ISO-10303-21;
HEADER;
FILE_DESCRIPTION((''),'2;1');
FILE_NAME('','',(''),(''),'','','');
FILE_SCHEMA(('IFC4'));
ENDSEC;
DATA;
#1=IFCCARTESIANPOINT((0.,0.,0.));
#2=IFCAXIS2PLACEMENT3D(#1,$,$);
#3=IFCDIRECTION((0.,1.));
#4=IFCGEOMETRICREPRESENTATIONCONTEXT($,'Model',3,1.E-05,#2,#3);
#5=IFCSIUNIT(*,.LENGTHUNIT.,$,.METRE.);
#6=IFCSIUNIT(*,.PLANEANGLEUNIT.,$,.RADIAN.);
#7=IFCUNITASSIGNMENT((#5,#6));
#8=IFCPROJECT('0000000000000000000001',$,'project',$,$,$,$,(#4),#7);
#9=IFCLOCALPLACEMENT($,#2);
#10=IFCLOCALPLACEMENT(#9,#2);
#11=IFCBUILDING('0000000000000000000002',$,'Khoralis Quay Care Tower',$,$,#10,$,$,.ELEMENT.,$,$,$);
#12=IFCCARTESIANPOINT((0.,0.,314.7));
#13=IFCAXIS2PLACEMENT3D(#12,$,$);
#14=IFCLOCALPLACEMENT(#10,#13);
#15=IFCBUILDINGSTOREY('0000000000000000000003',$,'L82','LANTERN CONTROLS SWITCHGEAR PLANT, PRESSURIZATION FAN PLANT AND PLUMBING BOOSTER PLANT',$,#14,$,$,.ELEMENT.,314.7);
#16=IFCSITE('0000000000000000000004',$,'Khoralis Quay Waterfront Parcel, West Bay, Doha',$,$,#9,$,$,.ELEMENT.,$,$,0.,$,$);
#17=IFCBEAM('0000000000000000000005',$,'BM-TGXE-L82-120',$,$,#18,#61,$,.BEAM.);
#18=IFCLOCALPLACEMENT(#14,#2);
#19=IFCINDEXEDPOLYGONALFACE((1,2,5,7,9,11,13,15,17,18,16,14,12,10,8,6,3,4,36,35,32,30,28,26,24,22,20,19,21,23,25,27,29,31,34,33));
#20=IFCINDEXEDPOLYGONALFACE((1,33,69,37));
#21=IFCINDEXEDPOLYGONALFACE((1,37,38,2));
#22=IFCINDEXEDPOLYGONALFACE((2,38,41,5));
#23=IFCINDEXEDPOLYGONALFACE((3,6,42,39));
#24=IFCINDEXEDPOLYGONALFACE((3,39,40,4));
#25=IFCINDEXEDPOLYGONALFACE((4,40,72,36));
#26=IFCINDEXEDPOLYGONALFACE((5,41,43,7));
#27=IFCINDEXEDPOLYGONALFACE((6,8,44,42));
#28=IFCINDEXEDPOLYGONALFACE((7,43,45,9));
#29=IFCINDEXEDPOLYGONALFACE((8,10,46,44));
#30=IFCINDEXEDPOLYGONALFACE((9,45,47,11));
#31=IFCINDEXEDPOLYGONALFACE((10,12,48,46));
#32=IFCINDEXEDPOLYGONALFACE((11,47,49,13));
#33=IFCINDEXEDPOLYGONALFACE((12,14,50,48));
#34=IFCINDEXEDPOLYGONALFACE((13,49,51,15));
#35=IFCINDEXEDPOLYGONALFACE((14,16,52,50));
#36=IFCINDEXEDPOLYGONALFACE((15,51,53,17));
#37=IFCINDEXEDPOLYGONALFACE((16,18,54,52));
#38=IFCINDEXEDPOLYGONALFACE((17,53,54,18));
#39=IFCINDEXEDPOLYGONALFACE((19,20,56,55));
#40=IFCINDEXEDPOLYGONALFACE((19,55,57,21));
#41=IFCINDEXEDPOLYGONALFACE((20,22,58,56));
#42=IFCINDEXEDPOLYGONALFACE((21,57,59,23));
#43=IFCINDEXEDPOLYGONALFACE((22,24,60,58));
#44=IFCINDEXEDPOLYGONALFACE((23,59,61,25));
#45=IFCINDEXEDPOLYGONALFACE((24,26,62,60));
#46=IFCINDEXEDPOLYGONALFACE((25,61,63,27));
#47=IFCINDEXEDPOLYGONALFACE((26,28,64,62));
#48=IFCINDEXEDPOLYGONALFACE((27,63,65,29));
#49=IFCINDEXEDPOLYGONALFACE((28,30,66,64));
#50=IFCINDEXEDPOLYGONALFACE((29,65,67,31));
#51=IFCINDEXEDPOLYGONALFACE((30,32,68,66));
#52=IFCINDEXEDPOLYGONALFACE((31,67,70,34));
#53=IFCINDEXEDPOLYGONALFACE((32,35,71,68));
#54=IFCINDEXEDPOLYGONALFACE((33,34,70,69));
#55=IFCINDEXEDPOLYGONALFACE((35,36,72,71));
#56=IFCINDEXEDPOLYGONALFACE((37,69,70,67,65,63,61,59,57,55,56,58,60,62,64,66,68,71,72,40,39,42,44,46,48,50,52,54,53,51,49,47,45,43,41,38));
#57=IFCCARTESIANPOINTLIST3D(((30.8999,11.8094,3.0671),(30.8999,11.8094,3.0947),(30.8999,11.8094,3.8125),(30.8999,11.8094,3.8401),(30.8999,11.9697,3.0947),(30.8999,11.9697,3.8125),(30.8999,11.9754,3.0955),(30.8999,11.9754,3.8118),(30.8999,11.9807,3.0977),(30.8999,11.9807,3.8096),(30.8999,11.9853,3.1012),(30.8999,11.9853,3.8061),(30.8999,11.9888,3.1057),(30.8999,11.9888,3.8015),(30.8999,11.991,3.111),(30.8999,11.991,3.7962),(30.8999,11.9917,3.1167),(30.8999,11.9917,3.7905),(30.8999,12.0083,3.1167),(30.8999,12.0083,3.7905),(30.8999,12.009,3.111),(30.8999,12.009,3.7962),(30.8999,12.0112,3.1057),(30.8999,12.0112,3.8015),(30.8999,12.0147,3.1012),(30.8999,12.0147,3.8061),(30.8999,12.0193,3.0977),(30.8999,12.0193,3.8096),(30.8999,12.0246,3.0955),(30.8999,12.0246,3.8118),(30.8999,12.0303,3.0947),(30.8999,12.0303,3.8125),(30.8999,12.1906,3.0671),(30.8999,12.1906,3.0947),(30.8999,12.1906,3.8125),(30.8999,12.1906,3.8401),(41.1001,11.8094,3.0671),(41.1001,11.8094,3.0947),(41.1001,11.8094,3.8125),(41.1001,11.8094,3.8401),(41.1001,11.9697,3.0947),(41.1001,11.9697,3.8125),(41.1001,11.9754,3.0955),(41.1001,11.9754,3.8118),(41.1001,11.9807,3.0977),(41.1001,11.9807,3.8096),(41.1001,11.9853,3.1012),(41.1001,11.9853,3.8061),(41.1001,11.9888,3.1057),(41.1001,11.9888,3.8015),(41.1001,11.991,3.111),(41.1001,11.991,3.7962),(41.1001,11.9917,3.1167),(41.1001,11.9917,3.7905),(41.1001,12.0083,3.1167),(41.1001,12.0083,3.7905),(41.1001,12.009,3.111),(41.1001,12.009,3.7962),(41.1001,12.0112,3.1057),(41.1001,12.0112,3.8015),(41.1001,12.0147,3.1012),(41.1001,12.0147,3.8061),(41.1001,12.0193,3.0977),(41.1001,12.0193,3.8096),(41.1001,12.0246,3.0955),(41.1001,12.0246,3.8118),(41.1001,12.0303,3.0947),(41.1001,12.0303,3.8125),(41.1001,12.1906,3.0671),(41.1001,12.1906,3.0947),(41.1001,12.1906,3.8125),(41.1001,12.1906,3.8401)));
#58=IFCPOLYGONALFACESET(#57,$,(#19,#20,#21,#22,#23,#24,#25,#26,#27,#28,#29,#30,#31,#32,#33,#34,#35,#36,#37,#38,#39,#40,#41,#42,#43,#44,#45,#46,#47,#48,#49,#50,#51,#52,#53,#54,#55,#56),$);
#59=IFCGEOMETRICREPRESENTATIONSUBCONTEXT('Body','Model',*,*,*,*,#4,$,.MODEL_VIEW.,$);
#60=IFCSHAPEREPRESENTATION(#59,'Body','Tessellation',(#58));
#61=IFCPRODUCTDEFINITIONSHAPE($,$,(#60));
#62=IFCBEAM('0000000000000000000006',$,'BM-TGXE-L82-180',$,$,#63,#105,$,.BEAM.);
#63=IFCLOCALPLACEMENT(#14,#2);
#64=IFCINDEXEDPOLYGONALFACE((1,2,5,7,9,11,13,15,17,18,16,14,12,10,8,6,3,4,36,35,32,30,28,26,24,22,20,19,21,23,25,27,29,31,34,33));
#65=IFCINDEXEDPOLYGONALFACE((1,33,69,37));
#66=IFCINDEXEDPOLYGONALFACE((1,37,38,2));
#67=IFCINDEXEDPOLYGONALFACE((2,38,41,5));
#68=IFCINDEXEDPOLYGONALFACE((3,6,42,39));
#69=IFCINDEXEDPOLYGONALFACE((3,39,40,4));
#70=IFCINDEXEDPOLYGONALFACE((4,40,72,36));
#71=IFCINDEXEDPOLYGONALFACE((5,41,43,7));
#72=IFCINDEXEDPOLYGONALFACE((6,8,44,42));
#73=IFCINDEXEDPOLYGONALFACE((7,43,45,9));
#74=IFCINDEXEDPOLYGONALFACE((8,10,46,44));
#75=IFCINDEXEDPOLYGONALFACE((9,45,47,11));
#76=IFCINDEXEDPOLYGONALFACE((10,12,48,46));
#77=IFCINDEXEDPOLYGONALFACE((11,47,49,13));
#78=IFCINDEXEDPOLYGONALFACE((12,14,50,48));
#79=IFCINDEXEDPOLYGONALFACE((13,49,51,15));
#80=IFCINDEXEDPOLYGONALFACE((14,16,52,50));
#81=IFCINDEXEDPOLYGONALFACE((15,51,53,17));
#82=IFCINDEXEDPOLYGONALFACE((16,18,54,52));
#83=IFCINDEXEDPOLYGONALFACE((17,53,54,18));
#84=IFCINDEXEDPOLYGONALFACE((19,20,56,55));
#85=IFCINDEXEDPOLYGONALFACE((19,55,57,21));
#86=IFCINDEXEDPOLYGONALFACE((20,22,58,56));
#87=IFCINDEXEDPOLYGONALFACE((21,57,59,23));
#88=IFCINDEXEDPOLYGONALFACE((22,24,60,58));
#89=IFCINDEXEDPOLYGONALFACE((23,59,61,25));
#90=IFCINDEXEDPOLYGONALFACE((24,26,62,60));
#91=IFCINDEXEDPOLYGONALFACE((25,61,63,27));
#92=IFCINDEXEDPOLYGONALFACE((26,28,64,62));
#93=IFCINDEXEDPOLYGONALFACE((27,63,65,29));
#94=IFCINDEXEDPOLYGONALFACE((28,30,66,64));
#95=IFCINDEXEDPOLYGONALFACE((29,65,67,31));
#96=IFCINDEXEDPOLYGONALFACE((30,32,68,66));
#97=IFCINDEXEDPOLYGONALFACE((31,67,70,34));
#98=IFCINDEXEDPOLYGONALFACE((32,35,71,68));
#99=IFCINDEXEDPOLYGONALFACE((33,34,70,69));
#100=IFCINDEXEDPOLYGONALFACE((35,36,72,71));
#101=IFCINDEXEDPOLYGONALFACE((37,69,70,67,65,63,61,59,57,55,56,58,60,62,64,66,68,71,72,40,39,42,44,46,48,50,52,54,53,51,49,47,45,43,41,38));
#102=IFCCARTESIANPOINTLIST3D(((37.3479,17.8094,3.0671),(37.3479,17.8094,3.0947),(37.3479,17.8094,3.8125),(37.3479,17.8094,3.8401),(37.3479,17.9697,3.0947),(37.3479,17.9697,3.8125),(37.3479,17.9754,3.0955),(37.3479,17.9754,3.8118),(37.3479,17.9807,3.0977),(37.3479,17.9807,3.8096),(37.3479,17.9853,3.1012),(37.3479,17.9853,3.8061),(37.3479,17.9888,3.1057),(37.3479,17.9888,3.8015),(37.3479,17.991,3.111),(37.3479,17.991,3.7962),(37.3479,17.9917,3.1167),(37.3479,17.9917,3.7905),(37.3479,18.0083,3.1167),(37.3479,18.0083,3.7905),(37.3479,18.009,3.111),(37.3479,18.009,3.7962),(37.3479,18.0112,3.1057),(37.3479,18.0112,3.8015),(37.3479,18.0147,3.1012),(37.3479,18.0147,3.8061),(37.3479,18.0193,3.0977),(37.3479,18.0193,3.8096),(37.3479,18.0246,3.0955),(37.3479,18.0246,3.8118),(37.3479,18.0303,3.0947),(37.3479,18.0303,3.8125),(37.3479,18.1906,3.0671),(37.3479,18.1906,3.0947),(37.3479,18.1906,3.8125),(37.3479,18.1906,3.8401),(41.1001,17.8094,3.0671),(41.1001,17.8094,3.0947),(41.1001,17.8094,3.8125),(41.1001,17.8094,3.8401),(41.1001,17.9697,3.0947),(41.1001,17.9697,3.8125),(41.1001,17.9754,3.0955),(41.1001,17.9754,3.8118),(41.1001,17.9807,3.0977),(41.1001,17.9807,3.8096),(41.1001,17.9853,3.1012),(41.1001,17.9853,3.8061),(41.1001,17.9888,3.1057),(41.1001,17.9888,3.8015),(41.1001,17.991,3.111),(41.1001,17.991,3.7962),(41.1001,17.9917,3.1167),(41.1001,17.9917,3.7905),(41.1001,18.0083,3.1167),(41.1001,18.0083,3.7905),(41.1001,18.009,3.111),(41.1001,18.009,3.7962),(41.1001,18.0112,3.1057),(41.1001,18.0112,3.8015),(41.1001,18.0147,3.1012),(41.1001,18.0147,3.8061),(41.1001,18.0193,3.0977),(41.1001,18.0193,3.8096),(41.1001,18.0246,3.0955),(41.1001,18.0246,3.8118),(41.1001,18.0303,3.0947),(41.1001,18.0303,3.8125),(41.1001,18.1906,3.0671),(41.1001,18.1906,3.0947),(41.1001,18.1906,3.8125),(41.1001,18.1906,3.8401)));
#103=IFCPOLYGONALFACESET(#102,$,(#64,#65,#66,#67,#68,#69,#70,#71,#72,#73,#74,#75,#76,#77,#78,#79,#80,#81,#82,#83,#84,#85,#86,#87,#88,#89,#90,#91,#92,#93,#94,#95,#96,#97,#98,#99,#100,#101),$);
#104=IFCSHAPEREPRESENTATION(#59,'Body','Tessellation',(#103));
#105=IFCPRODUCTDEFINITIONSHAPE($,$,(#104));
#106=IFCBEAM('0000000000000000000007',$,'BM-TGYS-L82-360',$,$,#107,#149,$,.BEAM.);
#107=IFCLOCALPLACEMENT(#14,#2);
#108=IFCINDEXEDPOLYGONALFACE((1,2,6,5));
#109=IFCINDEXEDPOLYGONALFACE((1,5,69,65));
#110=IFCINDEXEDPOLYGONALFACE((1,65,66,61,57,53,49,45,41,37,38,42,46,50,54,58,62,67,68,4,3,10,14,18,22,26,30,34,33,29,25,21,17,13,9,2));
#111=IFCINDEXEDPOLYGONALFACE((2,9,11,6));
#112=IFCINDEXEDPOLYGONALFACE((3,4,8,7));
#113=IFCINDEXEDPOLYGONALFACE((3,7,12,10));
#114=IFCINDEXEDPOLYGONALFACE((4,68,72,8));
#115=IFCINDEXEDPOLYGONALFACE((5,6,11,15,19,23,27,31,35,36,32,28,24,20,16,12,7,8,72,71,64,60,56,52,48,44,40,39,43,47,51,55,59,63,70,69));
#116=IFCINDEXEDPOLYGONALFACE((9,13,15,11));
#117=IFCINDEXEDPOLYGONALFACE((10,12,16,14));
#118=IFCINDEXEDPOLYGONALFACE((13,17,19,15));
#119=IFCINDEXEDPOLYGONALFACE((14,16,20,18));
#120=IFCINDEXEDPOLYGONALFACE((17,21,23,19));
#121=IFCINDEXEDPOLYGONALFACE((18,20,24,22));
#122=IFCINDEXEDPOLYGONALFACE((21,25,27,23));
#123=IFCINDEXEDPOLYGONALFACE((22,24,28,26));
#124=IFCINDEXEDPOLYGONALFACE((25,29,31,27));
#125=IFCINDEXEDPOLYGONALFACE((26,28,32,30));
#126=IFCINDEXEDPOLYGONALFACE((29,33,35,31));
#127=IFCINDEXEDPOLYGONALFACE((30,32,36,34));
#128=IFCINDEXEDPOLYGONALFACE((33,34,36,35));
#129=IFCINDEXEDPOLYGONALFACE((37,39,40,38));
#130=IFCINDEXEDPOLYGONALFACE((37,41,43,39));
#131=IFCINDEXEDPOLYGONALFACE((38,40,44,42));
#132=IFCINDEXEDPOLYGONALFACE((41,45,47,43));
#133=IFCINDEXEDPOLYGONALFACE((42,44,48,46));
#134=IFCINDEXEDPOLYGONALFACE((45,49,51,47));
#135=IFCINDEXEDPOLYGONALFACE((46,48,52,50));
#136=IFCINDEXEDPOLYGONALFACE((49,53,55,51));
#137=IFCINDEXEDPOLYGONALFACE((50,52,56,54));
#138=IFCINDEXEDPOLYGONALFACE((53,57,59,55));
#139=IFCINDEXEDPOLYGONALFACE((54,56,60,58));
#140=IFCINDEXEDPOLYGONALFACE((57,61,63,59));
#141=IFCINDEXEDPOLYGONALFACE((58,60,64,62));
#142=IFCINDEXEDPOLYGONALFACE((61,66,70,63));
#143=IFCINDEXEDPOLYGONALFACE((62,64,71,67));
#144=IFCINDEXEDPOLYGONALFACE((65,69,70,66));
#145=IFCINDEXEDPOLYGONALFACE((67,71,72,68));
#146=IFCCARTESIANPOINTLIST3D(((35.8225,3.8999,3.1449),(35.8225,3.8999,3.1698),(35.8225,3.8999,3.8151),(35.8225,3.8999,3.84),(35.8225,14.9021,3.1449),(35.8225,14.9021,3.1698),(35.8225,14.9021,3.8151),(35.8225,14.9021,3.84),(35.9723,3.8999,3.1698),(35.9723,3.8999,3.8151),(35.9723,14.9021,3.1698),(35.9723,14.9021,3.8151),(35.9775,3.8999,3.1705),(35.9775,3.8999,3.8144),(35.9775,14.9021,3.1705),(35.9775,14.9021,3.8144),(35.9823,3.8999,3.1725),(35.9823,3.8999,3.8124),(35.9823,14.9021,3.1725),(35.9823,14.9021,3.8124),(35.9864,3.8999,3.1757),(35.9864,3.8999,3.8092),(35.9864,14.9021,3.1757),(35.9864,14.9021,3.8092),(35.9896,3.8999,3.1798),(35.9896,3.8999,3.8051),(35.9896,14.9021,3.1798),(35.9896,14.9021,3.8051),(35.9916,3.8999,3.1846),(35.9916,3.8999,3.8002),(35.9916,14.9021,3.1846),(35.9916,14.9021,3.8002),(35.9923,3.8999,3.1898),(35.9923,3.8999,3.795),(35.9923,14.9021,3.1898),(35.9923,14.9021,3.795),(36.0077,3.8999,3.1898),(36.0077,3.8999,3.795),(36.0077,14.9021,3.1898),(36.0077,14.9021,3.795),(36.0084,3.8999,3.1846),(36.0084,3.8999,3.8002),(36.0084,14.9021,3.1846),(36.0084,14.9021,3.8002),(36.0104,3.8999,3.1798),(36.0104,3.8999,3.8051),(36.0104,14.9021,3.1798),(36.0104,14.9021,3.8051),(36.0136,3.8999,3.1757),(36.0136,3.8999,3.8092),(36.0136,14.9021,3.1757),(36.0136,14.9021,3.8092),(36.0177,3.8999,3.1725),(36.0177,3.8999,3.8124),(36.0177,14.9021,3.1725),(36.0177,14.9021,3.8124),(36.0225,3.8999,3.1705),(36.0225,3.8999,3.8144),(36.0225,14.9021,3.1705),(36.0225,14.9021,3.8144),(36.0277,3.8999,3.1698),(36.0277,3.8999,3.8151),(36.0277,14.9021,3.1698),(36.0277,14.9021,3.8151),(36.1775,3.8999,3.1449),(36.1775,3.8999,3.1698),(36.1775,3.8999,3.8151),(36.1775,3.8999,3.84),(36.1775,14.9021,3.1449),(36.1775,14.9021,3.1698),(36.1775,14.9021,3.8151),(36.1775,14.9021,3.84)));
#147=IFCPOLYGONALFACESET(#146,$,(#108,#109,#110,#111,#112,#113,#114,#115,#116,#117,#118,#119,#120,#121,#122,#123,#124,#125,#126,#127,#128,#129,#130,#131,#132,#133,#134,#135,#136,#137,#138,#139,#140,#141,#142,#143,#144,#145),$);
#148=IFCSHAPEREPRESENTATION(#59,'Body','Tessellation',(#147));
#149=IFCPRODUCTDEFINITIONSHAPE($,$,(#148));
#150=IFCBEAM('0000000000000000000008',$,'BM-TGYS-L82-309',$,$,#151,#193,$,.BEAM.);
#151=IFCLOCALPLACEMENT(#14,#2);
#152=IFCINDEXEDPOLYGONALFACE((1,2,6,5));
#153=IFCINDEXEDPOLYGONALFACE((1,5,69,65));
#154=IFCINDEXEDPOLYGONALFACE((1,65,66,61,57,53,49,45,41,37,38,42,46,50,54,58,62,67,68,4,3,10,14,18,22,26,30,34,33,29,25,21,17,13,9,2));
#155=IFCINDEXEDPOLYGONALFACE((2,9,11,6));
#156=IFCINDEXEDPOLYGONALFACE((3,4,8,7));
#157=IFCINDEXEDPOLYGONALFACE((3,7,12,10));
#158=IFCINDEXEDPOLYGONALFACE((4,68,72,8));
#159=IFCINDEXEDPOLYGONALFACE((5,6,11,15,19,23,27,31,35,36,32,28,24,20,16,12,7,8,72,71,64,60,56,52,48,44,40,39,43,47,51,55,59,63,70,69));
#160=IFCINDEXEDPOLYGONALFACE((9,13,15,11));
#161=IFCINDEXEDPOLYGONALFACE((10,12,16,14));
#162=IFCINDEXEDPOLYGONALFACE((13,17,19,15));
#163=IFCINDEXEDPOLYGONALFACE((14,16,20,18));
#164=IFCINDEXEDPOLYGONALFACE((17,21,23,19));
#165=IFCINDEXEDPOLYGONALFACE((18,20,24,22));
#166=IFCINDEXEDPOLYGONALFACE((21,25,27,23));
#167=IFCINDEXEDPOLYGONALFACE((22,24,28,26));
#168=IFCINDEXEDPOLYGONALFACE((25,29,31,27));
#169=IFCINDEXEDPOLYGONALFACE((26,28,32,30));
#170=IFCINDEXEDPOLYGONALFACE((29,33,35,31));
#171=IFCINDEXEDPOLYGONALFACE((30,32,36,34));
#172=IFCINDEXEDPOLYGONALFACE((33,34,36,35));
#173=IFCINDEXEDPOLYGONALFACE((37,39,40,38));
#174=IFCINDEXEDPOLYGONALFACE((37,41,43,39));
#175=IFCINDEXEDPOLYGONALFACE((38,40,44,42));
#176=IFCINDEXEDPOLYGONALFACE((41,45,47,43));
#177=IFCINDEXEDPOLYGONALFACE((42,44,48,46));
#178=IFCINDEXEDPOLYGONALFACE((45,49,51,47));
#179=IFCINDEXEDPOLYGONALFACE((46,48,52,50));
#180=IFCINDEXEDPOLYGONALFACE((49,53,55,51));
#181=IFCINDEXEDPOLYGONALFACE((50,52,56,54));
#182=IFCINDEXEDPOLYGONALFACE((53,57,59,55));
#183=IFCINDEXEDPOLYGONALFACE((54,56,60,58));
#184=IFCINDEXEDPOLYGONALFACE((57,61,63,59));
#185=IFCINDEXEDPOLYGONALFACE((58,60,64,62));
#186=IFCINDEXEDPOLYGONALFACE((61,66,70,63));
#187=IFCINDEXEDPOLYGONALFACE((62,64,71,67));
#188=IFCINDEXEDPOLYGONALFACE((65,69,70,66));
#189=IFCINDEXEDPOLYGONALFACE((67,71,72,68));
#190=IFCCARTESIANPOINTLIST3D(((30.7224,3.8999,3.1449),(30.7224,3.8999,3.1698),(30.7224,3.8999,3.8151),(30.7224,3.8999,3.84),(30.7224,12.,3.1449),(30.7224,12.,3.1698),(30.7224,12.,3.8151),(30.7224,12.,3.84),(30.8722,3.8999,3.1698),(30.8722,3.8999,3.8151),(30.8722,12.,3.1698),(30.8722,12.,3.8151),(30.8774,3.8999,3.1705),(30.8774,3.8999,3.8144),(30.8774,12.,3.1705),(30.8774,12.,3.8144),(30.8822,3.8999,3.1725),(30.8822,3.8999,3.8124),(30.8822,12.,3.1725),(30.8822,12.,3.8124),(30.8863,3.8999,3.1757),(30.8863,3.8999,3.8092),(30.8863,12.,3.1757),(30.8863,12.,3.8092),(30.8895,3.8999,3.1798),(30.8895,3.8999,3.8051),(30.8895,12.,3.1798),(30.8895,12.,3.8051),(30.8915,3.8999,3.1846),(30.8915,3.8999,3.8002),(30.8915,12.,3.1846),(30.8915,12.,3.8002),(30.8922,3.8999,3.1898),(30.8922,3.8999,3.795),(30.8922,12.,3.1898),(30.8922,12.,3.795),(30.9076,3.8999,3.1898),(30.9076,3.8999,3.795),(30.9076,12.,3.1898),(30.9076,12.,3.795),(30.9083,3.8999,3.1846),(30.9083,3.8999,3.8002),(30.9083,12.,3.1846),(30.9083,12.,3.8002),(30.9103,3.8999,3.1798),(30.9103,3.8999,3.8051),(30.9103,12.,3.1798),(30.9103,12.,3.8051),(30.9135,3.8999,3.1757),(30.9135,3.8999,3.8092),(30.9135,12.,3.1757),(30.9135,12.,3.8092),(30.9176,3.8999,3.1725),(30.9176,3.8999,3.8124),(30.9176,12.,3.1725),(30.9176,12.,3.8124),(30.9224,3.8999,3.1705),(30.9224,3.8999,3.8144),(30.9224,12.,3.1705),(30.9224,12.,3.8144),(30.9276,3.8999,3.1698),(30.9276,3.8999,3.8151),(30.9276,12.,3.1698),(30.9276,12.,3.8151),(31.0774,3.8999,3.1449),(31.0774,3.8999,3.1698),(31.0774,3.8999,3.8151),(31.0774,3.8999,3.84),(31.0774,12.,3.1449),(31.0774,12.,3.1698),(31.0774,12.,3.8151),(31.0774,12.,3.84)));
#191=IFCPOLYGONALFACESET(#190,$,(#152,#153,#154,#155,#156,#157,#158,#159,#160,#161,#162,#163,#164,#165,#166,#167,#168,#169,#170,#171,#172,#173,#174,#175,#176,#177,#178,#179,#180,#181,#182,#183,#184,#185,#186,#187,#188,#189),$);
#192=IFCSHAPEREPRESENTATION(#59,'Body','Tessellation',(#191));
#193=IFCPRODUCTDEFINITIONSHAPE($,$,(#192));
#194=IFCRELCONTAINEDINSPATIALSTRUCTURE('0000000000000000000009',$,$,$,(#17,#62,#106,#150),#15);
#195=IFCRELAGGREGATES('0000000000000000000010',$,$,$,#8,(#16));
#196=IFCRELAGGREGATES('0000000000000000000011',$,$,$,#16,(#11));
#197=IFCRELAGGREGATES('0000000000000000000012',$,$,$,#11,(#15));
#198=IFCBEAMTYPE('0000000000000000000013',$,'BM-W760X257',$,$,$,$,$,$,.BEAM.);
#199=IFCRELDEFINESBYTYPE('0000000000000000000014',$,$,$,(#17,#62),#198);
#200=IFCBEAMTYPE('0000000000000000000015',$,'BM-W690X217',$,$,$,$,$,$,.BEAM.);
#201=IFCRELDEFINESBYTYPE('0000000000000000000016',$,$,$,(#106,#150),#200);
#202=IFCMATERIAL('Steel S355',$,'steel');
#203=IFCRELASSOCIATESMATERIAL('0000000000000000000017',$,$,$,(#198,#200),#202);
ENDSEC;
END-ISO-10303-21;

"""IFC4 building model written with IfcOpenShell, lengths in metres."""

from ifc_helpers import new_model, si_unit, direction, frame, origin, origin_2d, place, context, subcontext, project, spatial, i_section, extrude, source, transform, mapped, material, material_profile, profile_set, type_object, element, save


model = new_model("IFC4")

# Units and contexts
model_context = context("Model", 3, precision=1e-05, world=origin(), true_north=direction((0.0, 1.0)))
body_context = subcontext(model_context, "Body", "Model", "MODEL_VIEW")
ifc_project = project(units=[si_unit("LENGTHUNIT", "METRE"), si_unit("PLANEANGLEUNIT", "RADIAN")], contexts=[model_context])

# Site, building, storey
site_placement = place(None, origin())
site = spatial("IfcSite", under=ifc_project, at=site_placement, Name="Khoralis Quay Waterfront Parcel, West Bay, Doha", CompositionType="ELEMENT", RefElevation=0.0)
building_placement = place(site_placement, origin())
building = spatial("IfcBuilding", under=site, at=building_placement, Name="Khoralis Quay Care Tower", CompositionType="ELEMENT")
storey_placement = place(building_placement, frame((0.0, 0.0, 314.7)))
storey = spatial("IfcBuildingStorey", under=building, at=storey_placement, Name="L82", Description="LANTERN CONTROLS SWITCHGEAR PLANT, PRESSURIZATION FAN PLANT AND PLUMBING BOOSTER PLANT", CompositionType="ELEMENT", Elevation=314.7)

# Shared definitions
ifc_material_1 = material(Name="Steel S355", Category="steel")

# Beams
ifc_material_profile_1 = material_profile(ifc_material_1, i_section(OverallWidth=0.3811, OverallDepth=0.7729, WebThickness=0.0166, FlangeThickness=0.0276, FilletRadius=0.022, at=origin_2d()), Name="Steel S355")
ifc_profile_set_1 = profile_set([ifc_material_profile_1], Name="Steel S355")
beam_type_1 = type_object("IfcBeamType", Name="BM-W760X257", PredefinedType="BEAM", material=ifc_profile_set_1)
shared_shape_1 = source(origin(), body_context, "Body", "SweptSolid", [
    extrude(i_section(OverallWidth=0.3811, OverallDepth=0.7729, WebThickness=0.0166, FlangeThickness=0.0276, FilletRadius=0.022, at=origin_2d()), origin(), (0.0, 0.0, 1.0), 10.2002),
])
beam_1_placement = place(storey_placement, frame((30.8999, 12.0, 3.4536), z_axis=(1.0, 0.0, 0.0), x_axis=(0.0, 1.0, 0.0)))
element("IfcBeam", 1, at=beam_1_placement, inside=storey, type_object=beam_type_1, Name="BM-TGXE-L82-120", PredefinedType="BEAM", context=body_context, shape_type="MappedRepresentation", body=[
    mapped(shared_shape_1, transform((0.0, 0.0, 0.0), scale=1.0)),
])
shared_shape_2 = source(origin(), body_context, "Body", "SweptSolid", [
    extrude(i_section(OverallWidth=0.3811, OverallDepth=0.7729, WebThickness=0.0166, FlangeThickness=0.0276, FilletRadius=0.022, at=origin_2d()), origin(), (0.0, 0.0, 1.0), 3.7522),
])
beam_2_placement = place(storey_placement, frame((37.3479, 18.0, 3.4536), z_axis=(1.0, 0.0, 0.0), x_axis=(0.0, 1.0, 0.0)))
element("IfcBeam", 2, at=beam_2_placement, inside=storey, type_object=beam_type_1, Name="BM-TGXE-L82-180", PredefinedType="BEAM", context=body_context, shape_type="MappedRepresentation", body=[
    mapped(shared_shape_2, transform((0.0, 0.0, 0.0), scale=1.0)),
])
ifc_material_profile_2 = material_profile(ifc_material_1, i_section(OverallWidth=0.355, OverallDepth=0.6951, WebThickness=0.0154, FlangeThickness=0.0249, FilletRadius=0.02, at=origin_2d()), Name="Steel S355")
ifc_profile_set_2 = profile_set([ifc_material_profile_2], Name="Steel S355")
beam_type_2 = type_object("IfcBeamType", Name="BM-W690X217", PredefinedType="BEAM", material=ifc_profile_set_2)
shared_shape_3 = source(origin(), body_context, "Body", "SweptSolid", [
    extrude(i_section(OverallWidth=0.355, OverallDepth=0.6951, WebThickness=0.0154, FlangeThickness=0.0249, FilletRadius=0.02, at=origin_2d()), origin(), (0.0, 0.0, 1.0), 11.0022),
])
beam_3_placement = place(storey_placement, frame((36.0, 3.8999, 3.4924), z_axis=(0.0, 1.0, 0.0), x_axis=(-1.0, 0.0, 0.0)))
element("IfcBeam", 3, at=beam_3_placement, inside=storey, type_object=beam_type_2, Name="BM-TGYS-L82-360", PredefinedType="BEAM", context=body_context, shape_type="MappedRepresentation", body=[
    mapped(shared_shape_3, transform((0.0, 0.0, 0.0), scale=1.0)),
])
shared_shape_4 = source(origin(), body_context, "Body", "SweptSolid", [
    extrude(i_section(OverallWidth=0.355, OverallDepth=0.6951, WebThickness=0.0154, FlangeThickness=0.0249, FilletRadius=0.02, at=origin_2d()), origin(), (0.0, 0.0, 1.0), 8.1001),
])
beam_4_placement = place(storey_placement, frame((30.8999, 3.8999, 3.4924), z_axis=(0.0, 1.0, 0.0), x_axis=(-1.0, 0.0, 0.0)))
element("IfcBeam", 4, at=beam_4_placement, inside=storey, type_object=beam_type_2, Name="BM-TGYS-L82-309", PredefinedType="BEAM", context=body_context, shape_type="MappedRepresentation", body=[
    mapped(shared_shape_4, transform((0.0, 0.0, 0.0), scale=1.0)),
])

save(model, "model.ifc")
